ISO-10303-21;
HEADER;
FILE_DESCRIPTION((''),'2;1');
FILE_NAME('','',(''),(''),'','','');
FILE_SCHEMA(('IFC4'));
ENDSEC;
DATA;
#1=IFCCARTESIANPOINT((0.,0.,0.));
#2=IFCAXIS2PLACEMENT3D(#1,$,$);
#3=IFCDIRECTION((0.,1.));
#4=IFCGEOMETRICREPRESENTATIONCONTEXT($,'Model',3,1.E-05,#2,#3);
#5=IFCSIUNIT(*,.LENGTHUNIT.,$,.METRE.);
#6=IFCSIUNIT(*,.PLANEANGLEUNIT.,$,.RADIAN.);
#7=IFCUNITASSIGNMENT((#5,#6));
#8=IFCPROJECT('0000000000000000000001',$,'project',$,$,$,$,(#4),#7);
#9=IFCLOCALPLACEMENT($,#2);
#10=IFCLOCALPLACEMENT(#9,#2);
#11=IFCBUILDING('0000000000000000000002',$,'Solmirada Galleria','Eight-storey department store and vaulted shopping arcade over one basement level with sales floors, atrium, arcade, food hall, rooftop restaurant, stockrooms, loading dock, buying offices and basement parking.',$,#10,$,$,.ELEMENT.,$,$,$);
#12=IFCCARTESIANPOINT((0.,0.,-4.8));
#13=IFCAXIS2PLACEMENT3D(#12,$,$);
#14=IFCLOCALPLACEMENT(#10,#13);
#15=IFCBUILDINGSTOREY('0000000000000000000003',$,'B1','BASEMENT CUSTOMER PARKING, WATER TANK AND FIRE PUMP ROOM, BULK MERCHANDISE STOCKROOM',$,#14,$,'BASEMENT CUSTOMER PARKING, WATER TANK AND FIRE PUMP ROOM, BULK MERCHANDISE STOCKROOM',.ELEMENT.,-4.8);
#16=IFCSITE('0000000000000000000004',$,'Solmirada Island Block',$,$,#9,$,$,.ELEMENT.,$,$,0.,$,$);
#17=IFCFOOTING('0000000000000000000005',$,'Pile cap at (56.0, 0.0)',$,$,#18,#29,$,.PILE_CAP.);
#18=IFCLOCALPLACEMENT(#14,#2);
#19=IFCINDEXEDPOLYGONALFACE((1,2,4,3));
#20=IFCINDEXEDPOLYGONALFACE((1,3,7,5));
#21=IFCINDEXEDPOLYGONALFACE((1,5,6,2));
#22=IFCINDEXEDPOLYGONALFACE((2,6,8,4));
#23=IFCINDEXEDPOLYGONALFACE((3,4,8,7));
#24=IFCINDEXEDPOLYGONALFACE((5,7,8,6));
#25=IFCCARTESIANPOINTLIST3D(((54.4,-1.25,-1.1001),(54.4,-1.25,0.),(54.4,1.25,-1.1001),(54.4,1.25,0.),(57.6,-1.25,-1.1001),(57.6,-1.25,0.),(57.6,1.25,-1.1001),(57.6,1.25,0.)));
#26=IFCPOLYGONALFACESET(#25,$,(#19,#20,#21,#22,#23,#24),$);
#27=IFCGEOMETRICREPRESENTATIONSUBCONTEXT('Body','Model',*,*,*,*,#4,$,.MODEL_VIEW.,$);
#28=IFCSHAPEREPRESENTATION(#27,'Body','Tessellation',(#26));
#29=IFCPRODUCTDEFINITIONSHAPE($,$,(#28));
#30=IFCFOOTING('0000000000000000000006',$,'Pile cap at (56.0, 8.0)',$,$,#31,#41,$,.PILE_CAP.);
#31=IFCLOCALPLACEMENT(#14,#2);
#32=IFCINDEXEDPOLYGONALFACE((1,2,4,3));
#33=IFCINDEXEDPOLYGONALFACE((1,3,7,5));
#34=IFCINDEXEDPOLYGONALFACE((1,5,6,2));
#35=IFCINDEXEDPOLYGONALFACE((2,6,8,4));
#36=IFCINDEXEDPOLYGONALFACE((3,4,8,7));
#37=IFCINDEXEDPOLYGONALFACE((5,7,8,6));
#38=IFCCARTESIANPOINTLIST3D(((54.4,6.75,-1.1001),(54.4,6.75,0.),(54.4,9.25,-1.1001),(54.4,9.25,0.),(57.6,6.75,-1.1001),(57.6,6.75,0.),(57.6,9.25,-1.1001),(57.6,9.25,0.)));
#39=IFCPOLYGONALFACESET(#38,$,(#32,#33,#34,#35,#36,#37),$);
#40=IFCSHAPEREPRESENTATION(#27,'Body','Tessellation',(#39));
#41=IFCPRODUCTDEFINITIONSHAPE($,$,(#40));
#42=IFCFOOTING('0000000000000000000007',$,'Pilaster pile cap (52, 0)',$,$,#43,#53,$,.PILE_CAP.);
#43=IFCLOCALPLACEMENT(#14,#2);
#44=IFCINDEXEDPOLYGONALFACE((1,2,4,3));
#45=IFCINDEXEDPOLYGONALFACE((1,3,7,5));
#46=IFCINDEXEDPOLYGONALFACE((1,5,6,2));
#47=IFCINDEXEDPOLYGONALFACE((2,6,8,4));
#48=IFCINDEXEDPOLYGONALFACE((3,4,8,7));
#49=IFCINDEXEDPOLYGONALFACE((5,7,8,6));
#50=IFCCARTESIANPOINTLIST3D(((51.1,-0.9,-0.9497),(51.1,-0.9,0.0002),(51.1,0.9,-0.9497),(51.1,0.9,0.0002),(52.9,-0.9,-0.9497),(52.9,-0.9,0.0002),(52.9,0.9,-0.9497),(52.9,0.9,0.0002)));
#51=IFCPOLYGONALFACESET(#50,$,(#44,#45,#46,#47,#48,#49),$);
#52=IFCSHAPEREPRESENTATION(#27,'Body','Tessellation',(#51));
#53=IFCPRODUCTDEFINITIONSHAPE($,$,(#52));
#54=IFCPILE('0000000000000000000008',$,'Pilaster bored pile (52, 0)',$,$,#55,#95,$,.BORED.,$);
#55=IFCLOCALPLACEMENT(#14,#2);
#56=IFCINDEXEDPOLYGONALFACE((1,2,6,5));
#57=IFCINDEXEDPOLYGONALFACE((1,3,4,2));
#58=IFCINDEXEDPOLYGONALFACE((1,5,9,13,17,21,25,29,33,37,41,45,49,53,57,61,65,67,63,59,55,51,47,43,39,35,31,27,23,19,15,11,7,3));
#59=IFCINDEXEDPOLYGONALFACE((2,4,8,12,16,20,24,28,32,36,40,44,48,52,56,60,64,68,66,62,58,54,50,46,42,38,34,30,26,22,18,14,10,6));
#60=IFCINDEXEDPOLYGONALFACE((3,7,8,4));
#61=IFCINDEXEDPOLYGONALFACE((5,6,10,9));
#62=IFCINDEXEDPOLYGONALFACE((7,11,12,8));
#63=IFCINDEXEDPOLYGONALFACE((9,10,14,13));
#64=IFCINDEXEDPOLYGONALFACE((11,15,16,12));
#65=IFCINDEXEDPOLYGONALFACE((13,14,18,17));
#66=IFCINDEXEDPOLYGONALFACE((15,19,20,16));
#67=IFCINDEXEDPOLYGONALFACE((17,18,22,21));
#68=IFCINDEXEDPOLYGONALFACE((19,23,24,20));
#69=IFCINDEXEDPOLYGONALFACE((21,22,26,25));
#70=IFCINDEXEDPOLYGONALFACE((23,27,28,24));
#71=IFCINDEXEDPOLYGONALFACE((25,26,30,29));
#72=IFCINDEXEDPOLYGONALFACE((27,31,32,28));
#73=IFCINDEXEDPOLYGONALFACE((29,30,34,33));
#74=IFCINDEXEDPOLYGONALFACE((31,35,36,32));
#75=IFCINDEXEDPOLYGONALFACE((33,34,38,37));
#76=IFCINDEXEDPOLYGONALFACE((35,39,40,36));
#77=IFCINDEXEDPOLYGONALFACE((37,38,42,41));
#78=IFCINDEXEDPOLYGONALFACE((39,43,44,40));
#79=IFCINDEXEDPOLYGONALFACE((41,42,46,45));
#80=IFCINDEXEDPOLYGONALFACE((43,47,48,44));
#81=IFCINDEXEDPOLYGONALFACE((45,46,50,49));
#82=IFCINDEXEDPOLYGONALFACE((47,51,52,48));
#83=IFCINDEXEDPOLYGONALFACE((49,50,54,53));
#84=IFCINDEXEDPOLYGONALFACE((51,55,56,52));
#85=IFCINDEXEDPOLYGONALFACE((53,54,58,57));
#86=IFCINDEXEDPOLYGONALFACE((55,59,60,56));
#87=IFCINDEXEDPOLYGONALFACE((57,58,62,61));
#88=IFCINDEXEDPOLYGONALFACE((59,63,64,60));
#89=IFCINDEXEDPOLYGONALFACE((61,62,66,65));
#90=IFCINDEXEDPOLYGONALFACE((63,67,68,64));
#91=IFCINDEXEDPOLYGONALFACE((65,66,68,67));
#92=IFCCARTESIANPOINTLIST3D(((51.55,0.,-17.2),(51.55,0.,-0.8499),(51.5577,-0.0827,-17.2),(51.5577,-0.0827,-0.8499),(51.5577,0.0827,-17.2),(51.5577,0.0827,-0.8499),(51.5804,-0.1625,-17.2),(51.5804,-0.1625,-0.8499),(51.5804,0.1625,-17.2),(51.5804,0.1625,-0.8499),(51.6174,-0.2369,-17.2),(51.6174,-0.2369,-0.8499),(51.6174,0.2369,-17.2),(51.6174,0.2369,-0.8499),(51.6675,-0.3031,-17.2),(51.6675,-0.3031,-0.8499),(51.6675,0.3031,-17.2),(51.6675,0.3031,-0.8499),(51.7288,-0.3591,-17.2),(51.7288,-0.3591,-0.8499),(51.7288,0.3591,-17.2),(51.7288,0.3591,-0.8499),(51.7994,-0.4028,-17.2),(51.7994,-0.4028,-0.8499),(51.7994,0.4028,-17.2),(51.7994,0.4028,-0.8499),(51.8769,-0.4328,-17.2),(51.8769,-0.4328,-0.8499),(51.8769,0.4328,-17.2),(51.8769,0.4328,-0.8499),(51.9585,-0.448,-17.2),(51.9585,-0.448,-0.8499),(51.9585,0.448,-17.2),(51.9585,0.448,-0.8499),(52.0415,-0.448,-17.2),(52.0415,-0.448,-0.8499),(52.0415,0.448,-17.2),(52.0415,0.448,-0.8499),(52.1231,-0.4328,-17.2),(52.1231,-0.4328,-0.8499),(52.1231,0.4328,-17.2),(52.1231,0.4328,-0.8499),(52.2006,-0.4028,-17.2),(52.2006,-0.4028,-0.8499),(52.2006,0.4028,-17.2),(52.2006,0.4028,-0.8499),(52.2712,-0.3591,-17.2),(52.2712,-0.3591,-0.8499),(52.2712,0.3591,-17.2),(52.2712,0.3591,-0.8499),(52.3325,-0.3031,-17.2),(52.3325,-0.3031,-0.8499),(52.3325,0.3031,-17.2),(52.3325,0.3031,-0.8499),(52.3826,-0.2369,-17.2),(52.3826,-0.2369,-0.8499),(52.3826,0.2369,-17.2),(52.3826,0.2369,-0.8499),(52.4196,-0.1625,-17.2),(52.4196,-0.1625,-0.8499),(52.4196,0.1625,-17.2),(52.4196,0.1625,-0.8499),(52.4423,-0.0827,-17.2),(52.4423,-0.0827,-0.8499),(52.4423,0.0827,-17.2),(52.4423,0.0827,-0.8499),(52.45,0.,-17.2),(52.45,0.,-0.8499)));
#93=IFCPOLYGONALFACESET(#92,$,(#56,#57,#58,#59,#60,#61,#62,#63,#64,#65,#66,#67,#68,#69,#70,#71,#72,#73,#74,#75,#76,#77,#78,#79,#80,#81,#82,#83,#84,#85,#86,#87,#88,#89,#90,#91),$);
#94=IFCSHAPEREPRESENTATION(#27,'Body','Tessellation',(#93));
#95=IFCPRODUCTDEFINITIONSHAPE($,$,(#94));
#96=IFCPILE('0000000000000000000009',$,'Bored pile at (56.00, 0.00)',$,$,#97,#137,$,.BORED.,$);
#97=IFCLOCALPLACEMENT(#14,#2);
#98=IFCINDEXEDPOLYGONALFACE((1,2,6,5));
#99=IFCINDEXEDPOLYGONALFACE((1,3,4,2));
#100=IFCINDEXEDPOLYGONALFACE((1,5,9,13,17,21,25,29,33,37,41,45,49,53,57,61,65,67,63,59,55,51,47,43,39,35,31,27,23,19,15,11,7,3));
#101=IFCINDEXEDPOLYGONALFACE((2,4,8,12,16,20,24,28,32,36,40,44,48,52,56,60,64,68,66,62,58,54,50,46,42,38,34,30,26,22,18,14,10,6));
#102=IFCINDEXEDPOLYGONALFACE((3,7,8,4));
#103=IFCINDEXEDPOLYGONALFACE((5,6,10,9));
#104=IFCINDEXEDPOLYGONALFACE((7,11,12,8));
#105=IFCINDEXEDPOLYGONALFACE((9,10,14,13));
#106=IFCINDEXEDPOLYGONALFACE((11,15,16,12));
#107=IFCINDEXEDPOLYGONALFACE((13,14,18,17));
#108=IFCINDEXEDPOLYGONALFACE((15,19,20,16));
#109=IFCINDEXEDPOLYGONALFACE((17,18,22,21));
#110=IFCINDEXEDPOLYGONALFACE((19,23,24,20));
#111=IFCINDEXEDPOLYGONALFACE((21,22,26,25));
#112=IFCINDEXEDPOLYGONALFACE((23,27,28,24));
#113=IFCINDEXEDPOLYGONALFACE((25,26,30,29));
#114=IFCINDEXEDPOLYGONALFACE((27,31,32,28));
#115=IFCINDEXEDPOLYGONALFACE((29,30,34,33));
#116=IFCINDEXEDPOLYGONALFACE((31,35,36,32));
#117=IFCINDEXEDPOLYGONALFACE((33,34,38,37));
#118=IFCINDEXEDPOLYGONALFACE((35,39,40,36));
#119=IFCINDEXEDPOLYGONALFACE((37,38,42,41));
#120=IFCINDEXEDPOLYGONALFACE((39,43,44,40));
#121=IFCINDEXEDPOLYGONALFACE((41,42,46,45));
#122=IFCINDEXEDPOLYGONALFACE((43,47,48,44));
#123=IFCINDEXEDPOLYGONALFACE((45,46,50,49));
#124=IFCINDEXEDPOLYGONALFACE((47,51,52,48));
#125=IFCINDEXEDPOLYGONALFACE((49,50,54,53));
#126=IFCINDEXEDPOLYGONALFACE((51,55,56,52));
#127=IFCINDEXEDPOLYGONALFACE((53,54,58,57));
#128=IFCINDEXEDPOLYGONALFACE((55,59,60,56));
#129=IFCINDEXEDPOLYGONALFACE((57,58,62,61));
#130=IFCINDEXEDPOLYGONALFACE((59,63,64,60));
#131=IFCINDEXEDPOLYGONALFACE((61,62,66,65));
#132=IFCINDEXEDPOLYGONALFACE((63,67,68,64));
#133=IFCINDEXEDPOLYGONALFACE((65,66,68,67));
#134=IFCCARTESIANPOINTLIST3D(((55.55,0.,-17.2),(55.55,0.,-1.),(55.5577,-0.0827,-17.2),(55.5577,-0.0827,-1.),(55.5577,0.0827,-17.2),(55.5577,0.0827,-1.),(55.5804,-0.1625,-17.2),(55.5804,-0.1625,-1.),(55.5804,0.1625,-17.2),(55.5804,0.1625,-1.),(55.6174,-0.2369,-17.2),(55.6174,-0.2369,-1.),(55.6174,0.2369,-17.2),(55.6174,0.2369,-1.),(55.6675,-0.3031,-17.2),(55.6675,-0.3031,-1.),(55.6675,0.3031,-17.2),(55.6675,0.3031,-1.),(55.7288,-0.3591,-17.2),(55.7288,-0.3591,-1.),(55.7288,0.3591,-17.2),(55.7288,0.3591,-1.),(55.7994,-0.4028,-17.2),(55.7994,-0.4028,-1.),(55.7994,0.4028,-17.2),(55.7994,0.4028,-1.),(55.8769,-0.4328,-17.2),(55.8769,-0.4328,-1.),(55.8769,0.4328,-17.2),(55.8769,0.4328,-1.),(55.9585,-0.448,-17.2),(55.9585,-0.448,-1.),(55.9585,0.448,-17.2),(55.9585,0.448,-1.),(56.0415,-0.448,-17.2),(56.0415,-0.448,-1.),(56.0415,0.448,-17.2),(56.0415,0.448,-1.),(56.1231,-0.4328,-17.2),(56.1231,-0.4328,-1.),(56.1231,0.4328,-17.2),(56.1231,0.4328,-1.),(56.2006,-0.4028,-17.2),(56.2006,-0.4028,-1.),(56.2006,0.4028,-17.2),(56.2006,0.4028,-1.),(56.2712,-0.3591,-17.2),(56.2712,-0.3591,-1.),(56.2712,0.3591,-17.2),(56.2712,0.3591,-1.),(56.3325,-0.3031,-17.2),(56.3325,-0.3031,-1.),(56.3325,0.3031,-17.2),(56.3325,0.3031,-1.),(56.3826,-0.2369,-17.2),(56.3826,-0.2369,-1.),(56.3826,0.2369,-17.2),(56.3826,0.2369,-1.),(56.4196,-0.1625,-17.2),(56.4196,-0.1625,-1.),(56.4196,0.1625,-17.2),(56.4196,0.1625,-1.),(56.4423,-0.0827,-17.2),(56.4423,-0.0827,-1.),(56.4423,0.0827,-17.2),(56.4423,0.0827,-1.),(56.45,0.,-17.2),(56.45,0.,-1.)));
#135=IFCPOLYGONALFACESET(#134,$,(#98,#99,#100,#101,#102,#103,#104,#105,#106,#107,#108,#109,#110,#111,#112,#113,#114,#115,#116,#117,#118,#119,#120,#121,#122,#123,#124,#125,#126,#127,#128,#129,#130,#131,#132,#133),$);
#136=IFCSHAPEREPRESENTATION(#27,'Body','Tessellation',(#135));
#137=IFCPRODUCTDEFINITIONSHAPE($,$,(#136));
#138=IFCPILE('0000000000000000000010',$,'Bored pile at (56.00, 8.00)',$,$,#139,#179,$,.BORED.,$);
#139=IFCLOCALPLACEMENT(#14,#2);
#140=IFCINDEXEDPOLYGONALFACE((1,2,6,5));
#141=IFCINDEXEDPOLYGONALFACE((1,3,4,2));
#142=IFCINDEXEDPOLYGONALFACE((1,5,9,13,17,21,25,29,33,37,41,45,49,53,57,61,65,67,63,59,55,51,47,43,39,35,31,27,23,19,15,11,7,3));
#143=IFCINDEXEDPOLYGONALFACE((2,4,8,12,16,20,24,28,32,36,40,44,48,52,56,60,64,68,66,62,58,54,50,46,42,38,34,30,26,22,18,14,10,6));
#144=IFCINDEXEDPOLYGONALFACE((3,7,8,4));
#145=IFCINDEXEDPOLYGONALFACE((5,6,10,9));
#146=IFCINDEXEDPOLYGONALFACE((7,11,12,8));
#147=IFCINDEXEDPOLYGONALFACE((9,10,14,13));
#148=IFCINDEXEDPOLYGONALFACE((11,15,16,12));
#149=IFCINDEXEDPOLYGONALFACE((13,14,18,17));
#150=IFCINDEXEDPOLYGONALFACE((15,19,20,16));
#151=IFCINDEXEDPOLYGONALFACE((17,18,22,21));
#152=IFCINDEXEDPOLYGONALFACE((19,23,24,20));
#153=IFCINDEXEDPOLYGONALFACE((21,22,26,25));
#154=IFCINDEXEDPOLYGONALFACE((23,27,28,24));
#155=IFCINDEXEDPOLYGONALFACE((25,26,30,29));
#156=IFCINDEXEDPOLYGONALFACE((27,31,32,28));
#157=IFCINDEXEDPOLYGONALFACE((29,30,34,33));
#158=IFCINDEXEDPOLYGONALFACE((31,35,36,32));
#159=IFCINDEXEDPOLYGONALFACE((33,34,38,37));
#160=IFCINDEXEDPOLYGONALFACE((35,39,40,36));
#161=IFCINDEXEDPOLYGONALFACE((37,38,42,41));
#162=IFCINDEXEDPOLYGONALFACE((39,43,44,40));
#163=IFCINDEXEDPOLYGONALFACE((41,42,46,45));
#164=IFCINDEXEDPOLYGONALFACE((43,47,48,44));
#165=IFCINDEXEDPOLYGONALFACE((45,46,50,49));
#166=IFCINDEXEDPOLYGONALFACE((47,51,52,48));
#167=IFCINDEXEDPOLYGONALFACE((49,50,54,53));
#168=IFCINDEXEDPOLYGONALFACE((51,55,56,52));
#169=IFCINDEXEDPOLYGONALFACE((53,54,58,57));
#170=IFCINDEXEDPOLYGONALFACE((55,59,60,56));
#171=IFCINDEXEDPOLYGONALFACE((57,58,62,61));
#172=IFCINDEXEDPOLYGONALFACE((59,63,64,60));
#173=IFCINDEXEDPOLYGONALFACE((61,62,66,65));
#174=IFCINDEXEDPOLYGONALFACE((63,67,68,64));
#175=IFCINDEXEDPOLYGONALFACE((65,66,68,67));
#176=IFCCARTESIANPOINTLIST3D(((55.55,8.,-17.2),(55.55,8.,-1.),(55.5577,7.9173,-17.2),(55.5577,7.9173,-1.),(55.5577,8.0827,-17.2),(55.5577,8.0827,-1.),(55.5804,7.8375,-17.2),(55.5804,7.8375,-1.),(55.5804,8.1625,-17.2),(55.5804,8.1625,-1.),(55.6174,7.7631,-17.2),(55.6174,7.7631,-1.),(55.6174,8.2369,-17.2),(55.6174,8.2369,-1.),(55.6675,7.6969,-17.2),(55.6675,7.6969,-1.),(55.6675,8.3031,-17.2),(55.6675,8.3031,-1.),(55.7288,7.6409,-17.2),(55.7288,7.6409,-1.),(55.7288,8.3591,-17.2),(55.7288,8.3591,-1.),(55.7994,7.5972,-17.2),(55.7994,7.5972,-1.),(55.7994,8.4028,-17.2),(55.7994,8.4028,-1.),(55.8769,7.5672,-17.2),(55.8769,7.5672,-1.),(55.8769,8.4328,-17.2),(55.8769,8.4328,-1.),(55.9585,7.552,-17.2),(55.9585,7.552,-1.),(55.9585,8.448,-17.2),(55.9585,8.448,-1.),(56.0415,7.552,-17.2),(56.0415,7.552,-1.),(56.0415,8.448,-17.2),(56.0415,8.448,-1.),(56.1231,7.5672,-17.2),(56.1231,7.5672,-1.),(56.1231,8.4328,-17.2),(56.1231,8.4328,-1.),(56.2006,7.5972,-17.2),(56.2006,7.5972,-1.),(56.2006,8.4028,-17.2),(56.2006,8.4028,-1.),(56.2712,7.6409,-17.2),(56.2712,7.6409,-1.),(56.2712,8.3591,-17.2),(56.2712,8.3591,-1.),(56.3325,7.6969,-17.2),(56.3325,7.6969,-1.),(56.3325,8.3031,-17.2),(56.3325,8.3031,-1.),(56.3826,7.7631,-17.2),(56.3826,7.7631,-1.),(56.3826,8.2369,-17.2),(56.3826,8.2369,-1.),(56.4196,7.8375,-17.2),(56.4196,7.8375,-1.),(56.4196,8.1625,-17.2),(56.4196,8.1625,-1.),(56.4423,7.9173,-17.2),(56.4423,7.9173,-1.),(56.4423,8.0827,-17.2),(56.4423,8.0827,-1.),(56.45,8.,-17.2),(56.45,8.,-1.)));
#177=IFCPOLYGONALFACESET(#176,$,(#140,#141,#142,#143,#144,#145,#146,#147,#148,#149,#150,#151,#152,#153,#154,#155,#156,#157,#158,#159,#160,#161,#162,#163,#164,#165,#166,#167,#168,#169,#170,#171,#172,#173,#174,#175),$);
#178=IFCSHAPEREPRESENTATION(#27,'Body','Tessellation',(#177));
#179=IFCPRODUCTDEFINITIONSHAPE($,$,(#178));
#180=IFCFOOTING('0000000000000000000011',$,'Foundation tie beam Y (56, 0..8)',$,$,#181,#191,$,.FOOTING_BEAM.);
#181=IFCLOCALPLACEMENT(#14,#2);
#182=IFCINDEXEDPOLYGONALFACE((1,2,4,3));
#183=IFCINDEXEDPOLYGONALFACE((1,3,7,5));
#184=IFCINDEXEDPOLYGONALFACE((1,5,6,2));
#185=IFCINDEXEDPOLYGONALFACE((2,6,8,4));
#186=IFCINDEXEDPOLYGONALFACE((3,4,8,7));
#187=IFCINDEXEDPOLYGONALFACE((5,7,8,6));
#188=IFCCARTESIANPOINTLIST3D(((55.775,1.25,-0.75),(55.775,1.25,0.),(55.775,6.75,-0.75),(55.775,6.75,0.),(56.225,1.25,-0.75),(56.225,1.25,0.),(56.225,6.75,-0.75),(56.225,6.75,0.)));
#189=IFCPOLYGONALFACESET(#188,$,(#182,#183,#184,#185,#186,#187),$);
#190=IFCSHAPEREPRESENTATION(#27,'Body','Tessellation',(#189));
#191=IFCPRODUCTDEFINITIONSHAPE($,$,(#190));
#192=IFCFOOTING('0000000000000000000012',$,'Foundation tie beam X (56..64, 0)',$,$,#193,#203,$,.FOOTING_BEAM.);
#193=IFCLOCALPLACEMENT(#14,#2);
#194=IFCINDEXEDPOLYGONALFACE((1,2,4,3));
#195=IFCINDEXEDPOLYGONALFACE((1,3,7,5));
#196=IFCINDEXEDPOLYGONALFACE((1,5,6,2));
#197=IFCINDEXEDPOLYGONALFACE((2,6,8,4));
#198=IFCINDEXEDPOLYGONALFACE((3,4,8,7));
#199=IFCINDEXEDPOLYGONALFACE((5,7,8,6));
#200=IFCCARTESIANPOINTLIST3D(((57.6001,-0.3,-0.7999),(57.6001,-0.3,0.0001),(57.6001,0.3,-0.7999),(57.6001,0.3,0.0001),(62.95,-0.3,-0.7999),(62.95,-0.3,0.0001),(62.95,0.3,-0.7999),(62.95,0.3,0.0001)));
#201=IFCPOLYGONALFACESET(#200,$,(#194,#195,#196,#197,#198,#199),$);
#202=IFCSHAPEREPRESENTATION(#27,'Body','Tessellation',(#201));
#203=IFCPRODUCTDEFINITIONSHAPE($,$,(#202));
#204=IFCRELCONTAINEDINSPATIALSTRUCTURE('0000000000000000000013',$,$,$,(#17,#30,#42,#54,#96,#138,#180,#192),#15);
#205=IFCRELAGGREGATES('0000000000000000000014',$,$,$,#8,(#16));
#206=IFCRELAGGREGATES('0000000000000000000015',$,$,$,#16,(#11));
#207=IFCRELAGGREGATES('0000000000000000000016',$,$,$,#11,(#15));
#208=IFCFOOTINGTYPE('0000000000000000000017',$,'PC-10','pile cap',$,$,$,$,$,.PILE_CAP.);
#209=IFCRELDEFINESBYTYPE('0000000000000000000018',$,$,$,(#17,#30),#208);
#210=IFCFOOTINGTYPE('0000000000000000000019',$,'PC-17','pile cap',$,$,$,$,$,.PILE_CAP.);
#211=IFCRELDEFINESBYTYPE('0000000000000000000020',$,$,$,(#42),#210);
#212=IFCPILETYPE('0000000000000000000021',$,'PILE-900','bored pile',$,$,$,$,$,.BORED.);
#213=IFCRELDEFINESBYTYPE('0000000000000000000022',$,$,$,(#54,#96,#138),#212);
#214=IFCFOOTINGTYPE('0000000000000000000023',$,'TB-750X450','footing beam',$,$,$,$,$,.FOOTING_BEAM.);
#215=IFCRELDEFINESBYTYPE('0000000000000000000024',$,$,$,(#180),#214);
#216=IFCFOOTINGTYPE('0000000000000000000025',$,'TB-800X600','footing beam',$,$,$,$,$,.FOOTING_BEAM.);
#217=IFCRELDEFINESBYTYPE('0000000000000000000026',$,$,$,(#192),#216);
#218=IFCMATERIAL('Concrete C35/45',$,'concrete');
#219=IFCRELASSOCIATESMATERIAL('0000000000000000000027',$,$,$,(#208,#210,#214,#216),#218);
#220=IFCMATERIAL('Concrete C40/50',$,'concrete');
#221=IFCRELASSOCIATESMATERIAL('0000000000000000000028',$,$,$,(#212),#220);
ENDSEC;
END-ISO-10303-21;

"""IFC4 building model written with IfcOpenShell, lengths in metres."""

from ifc_helpers import new_model, si_unit, direction, frame, origin, origin_2d, place, context, subcontext, project, spatial, rectangle, circle, extrude, material, material_profile, profile_set, type_object, element, save


model = new_model("IFC4")

# Units and contexts
model_context = context("Model", 3, precision=1e-05, world=origin(), true_north=direction((0.0, 1.0)))
body_context = subcontext(model_context, "Body", "Model", "MODEL_VIEW")
ifc_project = project(units=[si_unit("LENGTHUNIT", "METRE"), si_unit("PLANEANGLEUNIT", "RADIAN")], contexts=[model_context])

# Site, building, storey
site_placement = place(None, origin())
site = spatial("IfcSite", under=ifc_project, at=site_placement, Name="Solmirada Island Block", CompositionType="ELEMENT", RefElevation=0.0)
building_placement = place(site_placement, origin())
building = spatial("IfcBuilding", under=site, at=building_placement, Name="Solmirada Galleria", Description="Eight-storey department store and vaulted shopping arcade over one basement level with sales floors, atrium, arcade, food hall, rooftop restaurant, stockrooms, loading dock, buying offices and basement parking.", CompositionType="ELEMENT")
storey_placement = place(building_placement, frame((0.0, 0.0, -4.8)))
storey = spatial("IfcBuildingStorey", under=building, at=storey_placement, Name="B1", Description="BASEMENT CUSTOMER PARKING, WATER TANK AND FIRE PUMP ROOM, BULK MERCHANDISE STOCKROOM", LongName="BASEMENT CUSTOMER PARKING, WATER TANK AND FIRE PUMP ROOM, BULK MERCHANDISE STOCKROOM", CompositionType="ELEMENT", Elevation=-4.8)

# Footings
ifc_material_1 = material(Name="Concrete C35/45", Category="concrete")
footing_type_1 = type_object("IfcFootingType", Name="PC-10", Description="pile cap", PredefinedType="PILE_CAP", material=ifc_material_1)
for number, where, z_axis, x_axis, name in (
    (1, (56.0, 0.0, -1.1001), (0.0, 0.0, 1.0), (1.0, 0.0, 0.0), "Pile cap at (56.0, 0.0)"),
    (2, (56.0, 8.0, -1.1001), (0.0, 0.0, 1.0), (1.0, 0.0, 0.0), "Pile cap at (56.0, 8.0)"),
):
    element("IfcFooting", number, at=place(storey_placement, frame(where, z_axis=z_axis, x_axis=x_axis)), inside=storey, type_object=footing_type_1, Name=name, PredefinedType="PILE_CAP", context=body_context, shape_type="SweptSolid", body=[
        extrude(rectangle(XDim=3.2, YDim=2.5, at=origin_2d()), origin(), (0.0, 0.0, 1.0), 1.1001),
    ])
footing_type_2 = type_object("IfcFootingType", Name="PC-17", Description="pile cap", PredefinedType="PILE_CAP", material=ifc_material_1)
footing_1_placement = place(storey_placement, frame((52.0, 0.0, -0.9497), z_axis=(0.0, 0.0, 1.0), x_axis=(1.0, 0.0, 0.0)))
element("IfcFooting", 3, at=footing_1_placement, inside=storey, type_object=footing_type_2, Name="Pilaster pile cap (52, 0)", PredefinedType="PILE_CAP", context=body_context, shape_type="SweptSolid", body=[
    extrude(rectangle(XDim=1.8, YDim=1.8, at=origin_2d()), origin(), (0.0, 0.0, 1.0), 0.95),
])

# Piles
ifc_material_2 = material(Name="Concrete C40/50", Category="concrete")
ifc_material_profile_1 = material_profile(ifc_material_2, circle(Radius=0.45, at=origin_2d()), Name="PILE900")
ifc_profile_set_1 = profile_set([ifc_material_profile_1], Name="Concrete C40/50")
pile_type = type_object("IfcPileType", Name="PILE-900", Description="bored pile", PredefinedType="BORED", material=ifc_profile_set_1)
pile_placement = place(storey_placement, frame((52.0, 0.0, -0.8499), z_axis=(0.0, 0.0, -1.0), x_axis=(1.0, 0.0, 0.0)))
element("IfcPile", 4, at=pile_placement, inside=storey, type_object=pile_type, Name="Pilaster bored pile (52, 0)", PredefinedType="BORED", context=body_context, shape_type="SweptSolid", body=[
    extrude(circle(Radius=0.45, at=origin_2d()), origin(), (0.0, 0.0, 1.0), 16.3501),
])
for number, where, z_axis, x_axis, name in (
    (5, (56.0, 0.0, -1.0), (0.0, 0.0, -1.0), (1.0, 0.0, 0.0), "Bored pile at (56.00, 0.00)"),
    (6, (56.0, 8.0, -1.0), (0.0, 0.0, -1.0), (1.0, 0.0, 0.0), "Bored pile at (56.00, 8.00)"),
):
    element("IfcPile", number, at=place(storey_placement, frame(where, z_axis=z_axis, x_axis=x_axis)), inside=storey, type_object=pile_type, Name=name, PredefinedType="BORED", context=body_context, shape_type="SweptSolid", body=[
        extrude(circle(Radius=0.45, at=origin_2d()), origin(), (0.0, 0.0, 1.0), 16.2),
    ])

# Footings
ifc_material_profile_2 = material_profile(ifc_material_1, rectangle(XDim=0.45, YDim=0.75, at=origin_2d()), Name="RC750X450")
ifc_profile_set_2 = profile_set([ifc_material_profile_2], Name="Concrete C35/45")
footing_type_3 = type_object("IfcFootingType", Name="TB-750X450", Description="footing beam", PredefinedType="FOOTING_BEAM", material=ifc_profile_set_2)
footing_2_placement = place(storey_placement, frame((56.0, 1.25, -0.375), z_axis=(0.0, 1.0, 0.0), x_axis=(-1.0, 0.0, 0.0)))
element("IfcFooting", 7, at=footing_2_placement, inside=storey, type_object=footing_type_3, Name="Foundation tie beam Y (56, 0..8)", PredefinedType="FOOTING_BEAM", context=body_context, shape_type="SweptSolid", body=[
    extrude(rectangle(XDim=0.45, YDim=0.75, at=origin_2d()), origin(), (0.0, 0.0, 1.0), 5.5),
])
ifc_material_profile_3 = material_profile(ifc_material_1, rectangle(XDim=0.6001, YDim=0.8, at=origin_2d()), Name="RC800X600")
ifc_profile_set_3 = profile_set([ifc_material_profile_3], Name="Concrete C35/45")
footing_type_4 = type_object("IfcFootingType", Name="TB-800X600", Description="footing beam", PredefinedType="FOOTING_BEAM", material=ifc_profile_set_3)
footing_3_placement = place(storey_placement, frame((57.6001, 0.0, -0.3999), z_axis=(1.0, 0.0, 0.0), x_axis=(0.0, 1.0, 0.0)))
element("IfcFooting", 8, at=footing_3_placement, inside=storey, type_object=footing_type_4, Name="Foundation tie beam X (56..64, 0)", PredefinedType="FOOTING_BEAM", context=body_context, shape_type="SweptSolid", body=[
    extrude(rectangle(XDim=0.6001, YDim=0.8, at=origin_2d()), origin(), (0.0, 0.0, 1.0), 5.3499),
])

save(model, "model.ifc")
